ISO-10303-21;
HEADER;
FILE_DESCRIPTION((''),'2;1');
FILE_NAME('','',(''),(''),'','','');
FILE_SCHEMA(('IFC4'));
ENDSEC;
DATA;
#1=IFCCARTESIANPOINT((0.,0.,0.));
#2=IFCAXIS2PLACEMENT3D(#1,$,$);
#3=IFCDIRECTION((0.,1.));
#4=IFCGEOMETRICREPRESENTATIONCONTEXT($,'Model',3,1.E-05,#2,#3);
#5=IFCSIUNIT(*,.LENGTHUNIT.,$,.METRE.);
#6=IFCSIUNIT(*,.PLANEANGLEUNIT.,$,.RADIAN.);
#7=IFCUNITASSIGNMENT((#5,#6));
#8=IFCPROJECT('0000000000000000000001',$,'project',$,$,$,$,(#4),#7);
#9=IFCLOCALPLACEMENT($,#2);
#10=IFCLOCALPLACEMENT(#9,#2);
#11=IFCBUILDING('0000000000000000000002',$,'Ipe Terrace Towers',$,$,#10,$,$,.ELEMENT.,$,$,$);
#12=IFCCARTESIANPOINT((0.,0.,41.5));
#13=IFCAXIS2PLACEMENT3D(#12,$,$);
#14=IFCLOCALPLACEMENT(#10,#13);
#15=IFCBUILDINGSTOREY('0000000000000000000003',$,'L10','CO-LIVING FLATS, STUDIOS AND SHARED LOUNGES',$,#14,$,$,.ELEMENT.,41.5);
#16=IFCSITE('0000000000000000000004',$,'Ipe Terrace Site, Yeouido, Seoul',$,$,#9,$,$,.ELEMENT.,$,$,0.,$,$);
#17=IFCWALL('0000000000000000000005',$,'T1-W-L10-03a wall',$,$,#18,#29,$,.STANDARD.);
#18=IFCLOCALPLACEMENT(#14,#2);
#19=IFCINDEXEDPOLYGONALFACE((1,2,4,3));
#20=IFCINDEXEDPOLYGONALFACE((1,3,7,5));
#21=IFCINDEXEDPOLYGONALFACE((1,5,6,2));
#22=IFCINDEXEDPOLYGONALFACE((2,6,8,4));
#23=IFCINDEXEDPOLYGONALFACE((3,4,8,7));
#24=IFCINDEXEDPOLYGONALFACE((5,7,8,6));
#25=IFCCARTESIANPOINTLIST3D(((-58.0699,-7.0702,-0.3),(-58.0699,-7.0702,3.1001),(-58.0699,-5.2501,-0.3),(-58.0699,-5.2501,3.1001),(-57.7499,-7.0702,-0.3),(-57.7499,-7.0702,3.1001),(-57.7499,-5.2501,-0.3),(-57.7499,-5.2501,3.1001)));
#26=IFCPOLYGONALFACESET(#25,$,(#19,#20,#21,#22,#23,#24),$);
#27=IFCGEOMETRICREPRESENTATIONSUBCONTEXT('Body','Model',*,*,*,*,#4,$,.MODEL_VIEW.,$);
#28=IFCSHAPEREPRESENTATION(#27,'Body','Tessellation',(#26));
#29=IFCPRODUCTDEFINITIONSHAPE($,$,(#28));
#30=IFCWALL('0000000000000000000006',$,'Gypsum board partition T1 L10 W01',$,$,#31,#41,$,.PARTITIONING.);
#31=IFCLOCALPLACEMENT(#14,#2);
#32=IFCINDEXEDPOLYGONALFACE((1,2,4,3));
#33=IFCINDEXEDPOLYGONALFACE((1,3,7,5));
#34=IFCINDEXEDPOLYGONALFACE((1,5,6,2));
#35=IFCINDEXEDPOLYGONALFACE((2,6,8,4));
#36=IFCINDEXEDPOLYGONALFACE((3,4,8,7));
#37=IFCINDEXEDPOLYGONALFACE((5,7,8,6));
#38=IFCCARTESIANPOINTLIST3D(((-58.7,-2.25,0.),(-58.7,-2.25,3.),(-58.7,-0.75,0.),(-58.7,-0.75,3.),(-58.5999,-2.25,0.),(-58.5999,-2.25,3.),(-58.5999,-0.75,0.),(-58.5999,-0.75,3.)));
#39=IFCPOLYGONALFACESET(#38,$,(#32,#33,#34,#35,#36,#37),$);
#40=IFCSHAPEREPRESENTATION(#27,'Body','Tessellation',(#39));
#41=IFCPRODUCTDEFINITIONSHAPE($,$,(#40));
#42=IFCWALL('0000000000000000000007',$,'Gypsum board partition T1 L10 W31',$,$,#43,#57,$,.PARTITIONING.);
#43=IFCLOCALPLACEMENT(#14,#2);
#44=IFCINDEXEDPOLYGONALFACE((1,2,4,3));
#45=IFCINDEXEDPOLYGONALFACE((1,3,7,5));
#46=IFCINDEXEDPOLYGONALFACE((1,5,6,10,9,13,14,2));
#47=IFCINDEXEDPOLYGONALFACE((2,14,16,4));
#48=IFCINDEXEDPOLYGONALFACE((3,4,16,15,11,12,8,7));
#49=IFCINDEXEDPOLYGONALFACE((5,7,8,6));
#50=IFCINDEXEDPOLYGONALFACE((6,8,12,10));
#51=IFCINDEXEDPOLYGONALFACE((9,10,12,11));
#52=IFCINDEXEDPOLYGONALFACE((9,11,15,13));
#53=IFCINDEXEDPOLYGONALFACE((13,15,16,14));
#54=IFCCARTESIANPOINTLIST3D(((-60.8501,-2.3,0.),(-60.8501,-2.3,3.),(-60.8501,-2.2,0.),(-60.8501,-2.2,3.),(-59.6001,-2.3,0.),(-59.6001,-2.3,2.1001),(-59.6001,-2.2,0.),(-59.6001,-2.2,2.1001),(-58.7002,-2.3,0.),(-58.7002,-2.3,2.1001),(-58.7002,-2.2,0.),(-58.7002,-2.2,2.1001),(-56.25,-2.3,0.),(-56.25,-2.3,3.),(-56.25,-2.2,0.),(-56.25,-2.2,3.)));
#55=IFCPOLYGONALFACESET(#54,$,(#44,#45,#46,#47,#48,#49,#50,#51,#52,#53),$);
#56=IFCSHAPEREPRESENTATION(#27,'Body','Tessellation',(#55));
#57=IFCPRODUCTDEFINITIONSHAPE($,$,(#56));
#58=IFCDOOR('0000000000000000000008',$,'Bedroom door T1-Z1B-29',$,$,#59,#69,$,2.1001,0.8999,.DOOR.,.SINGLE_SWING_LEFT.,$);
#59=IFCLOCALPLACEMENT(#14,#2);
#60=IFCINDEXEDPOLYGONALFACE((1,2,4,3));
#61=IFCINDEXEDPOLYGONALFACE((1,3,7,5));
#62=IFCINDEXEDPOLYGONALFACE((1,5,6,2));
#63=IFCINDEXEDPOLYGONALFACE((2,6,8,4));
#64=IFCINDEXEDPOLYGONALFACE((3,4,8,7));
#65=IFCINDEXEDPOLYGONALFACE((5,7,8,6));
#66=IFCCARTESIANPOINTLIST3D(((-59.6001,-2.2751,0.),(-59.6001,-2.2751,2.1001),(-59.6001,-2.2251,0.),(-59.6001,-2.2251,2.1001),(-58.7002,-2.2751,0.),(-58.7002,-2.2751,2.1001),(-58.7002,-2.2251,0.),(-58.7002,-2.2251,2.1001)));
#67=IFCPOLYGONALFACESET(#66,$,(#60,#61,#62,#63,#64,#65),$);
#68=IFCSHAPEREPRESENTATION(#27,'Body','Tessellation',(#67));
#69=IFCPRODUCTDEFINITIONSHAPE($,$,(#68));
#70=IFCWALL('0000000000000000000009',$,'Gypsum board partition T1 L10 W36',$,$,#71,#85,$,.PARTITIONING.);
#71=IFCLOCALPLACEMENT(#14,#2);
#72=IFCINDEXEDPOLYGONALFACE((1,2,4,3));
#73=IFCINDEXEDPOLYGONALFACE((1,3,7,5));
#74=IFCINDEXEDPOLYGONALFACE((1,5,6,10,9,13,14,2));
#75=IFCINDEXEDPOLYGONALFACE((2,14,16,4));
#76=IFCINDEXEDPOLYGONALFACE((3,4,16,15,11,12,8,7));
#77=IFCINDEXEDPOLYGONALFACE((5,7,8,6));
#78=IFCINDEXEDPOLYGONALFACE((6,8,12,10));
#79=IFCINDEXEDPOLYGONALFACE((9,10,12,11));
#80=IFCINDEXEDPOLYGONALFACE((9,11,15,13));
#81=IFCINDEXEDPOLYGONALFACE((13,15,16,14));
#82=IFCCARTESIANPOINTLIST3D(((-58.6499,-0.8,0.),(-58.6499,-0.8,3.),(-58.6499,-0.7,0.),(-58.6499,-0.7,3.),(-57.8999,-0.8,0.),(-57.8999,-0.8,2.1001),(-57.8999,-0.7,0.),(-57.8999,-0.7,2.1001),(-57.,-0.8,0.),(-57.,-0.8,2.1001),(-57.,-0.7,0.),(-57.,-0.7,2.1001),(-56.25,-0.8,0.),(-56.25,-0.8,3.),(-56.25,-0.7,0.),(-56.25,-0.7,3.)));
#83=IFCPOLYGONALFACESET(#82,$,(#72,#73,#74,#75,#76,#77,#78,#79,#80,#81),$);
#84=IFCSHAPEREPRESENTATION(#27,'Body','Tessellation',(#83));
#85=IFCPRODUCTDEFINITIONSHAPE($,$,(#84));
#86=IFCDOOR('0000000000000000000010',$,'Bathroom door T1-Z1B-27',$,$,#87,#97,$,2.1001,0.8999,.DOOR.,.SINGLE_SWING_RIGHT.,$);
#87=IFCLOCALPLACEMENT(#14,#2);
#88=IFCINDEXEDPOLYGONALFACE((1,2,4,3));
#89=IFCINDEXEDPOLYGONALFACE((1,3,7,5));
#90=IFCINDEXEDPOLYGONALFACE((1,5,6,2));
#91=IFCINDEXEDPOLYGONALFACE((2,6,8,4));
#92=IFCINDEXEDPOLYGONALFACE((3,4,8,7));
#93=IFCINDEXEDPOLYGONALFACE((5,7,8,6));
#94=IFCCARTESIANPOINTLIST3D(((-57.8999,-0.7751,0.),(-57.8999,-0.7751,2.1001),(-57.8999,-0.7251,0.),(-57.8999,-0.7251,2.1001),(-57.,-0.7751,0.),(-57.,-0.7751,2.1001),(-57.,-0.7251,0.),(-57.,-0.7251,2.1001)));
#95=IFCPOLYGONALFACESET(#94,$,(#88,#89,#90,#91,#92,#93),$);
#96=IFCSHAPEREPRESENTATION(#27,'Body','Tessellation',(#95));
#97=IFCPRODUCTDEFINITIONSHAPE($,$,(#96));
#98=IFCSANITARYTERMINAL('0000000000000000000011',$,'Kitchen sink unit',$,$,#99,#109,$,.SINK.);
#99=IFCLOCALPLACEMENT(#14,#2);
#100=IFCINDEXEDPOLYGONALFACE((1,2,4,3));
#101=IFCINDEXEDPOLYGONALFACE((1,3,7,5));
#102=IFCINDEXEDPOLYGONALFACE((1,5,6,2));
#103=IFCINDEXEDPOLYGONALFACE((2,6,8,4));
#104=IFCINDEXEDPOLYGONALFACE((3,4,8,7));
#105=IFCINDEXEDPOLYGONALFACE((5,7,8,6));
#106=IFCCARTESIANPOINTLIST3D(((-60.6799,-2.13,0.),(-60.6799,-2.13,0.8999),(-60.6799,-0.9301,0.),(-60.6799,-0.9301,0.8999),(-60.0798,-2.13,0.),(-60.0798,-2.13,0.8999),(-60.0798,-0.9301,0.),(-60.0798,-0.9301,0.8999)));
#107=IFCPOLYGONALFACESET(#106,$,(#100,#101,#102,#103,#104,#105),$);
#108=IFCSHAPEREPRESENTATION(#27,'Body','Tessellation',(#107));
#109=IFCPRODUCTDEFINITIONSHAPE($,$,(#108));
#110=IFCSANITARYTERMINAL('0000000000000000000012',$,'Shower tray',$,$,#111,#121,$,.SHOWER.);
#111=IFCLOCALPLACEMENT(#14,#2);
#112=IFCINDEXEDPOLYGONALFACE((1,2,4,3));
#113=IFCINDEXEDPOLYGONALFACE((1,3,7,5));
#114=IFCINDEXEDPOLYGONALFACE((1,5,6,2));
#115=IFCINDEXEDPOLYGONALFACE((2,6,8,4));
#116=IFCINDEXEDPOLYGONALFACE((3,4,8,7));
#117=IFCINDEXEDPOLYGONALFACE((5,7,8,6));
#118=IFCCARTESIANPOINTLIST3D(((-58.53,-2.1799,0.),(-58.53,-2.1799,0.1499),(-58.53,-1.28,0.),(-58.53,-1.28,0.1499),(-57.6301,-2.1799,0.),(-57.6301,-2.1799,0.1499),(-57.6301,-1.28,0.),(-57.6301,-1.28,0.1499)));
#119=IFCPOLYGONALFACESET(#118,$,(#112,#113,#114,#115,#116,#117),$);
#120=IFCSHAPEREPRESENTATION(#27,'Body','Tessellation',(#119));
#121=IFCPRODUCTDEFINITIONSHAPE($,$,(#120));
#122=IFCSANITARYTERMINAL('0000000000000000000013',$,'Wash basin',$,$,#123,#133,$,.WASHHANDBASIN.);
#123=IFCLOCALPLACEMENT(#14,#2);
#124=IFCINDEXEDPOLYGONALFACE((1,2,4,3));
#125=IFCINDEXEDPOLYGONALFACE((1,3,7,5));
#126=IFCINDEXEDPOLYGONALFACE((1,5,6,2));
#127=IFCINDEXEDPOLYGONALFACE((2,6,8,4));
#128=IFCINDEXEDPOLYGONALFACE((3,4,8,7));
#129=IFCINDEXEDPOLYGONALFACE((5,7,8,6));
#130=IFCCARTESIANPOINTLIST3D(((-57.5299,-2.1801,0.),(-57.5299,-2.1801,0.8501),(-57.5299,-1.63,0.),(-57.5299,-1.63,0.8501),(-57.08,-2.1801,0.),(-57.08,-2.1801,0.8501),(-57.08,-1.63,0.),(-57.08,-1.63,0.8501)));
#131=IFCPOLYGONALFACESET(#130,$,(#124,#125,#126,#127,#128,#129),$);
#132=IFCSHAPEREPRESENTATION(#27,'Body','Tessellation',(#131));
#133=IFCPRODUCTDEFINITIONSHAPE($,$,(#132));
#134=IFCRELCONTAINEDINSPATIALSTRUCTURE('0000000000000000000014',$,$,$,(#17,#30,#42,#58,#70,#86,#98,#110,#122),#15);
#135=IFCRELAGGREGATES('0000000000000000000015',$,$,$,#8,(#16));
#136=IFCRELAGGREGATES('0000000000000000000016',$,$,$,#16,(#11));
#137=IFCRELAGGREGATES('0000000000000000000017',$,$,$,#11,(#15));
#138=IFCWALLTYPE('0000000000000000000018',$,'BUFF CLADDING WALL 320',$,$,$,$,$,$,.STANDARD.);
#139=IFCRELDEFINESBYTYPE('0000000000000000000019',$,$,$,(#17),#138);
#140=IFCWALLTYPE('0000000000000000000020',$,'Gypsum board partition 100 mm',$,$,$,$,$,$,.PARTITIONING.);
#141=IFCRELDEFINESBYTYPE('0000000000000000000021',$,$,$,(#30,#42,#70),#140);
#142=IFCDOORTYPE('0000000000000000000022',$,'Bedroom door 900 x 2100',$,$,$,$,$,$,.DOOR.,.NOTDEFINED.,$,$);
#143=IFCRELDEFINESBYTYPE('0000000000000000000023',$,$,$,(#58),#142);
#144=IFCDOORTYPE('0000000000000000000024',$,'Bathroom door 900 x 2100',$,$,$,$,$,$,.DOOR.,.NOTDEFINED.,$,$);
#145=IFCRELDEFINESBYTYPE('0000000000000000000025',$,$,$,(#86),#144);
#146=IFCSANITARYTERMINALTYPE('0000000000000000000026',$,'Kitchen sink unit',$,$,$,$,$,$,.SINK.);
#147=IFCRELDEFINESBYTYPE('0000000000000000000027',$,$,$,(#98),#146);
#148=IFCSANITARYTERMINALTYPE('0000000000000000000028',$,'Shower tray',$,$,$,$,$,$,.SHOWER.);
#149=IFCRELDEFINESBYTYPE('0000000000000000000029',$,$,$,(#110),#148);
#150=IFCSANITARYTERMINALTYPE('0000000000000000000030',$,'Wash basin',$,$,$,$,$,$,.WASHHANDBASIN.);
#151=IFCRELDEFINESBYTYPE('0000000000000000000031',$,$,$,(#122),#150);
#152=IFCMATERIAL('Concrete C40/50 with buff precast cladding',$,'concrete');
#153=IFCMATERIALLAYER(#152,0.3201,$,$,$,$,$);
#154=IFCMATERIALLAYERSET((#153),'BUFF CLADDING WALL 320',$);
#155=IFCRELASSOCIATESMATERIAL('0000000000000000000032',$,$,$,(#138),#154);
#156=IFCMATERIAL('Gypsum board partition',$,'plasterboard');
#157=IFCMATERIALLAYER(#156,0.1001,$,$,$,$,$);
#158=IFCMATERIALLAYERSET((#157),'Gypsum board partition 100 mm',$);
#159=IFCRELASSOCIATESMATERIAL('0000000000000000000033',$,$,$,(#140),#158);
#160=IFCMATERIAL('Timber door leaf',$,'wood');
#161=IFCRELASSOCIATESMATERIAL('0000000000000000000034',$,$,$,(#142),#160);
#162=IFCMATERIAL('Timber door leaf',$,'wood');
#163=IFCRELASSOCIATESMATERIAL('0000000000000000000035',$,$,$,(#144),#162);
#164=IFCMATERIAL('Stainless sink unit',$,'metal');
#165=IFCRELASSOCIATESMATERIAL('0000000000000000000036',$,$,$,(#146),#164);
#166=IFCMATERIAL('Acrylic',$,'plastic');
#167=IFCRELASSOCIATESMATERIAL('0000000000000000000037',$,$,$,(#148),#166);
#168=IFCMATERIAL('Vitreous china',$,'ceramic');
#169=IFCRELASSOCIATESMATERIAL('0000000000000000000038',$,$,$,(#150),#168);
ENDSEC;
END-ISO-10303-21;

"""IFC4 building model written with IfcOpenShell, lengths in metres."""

from ifc_helpers import new_model, si_unit, direction, frame, frame_2d, origin, origin_2d, place, context, subcontext, project, spatial, rectangle, extrude, material, layer, layer_set, type_object, element, fill, save


model = new_model("IFC4")

# Units and contexts
model_context = context("Model", 3, precision=1e-05, world=origin(), true_north=direction((0.0, 1.0)))
body_context = subcontext(model_context, "Body", "Model", "MODEL_VIEW")
ifc_project = project(units=[si_unit("LENGTHUNIT", "METRE"), si_unit("PLANEANGLEUNIT", "RADIAN")], contexts=[model_context])

# Site, building, storey
site_placement = place(None, origin())
site = spatial("IfcSite", under=ifc_project, at=site_placement, Name="Ipe Terrace Site, Yeouido, Seoul", CompositionType="ELEMENT", RefElevation=0.0)
building_placement = place(site_placement, origin())
building = spatial("IfcBuilding", under=site, at=building_placement, Name="Ipe Terrace Towers", CompositionType="ELEMENT")
storey_placement = place(building_placement, frame((0.0, 0.0, 41.5)))
storey = spatial("IfcBuildingStorey", under=building, at=storey_placement, Name="L10", Description="CO-LIVING FLATS, STUDIOS AND SHARED LOUNGES", CompositionType="ELEMENT", Elevation=41.5)

# Shared definitions
ifc_material_1 = material(Name="Concrete C40/50 with buff precast cladding", Category="concrete")
ifc_layer_1 = layer(ifc_material_1, 0.3201)
ifc_layer_set_1 = layer_set([ifc_layer_1], Name="BUFF CLADDING WALL 320")
wall_type_1 = type_object("IfcWallType", Name="BUFF CLADDING WALL 320", PredefinedType="STANDARD", material=ifc_layer_set_1)

# Walls
wall_1_placement = place(storey_placement, frame((-57.9099, -5.25, -0.3), z_axis=(0.0, 0.0, 1.0), x_axis=(0.0, -1.0, 0.0)))
element("IfcWall", 1, at=wall_1_placement, inside=storey, type_object=wall_type_1, Name="T1-W-L10-03a wall", PredefinedType="STANDARD", context=body_context, shape_type="SweptSolid", body=[
    extrude(rectangle(XDim=1.8201, YDim=0.3201, at=frame_2d((0.9102, 0.0))), origin(), (0.0, 0.0, 1.0), 3.4001),
])
ifc_material_2 = material(Name="Gypsum board partition", Category="plasterboard")
ifc_layer_2 = layer(ifc_material_2, 0.1001)
ifc_layer_set_2 = layer_set([ifc_layer_2], Name="Gypsum board partition 100 mm")
wall_type_2 = type_object("IfcWallType", Name="Gypsum board partition 100 mm", PredefinedType="PARTITIONING", material=ifc_layer_set_2)
wall_2_placement = place(storey_placement, frame((-58.6499, -2.25, 0.0), z_axis=(0.0, 0.0, 1.0), x_axis=(0.0, 1.0, 0.0)))
element("IfcWall", 2, at=wall_2_placement, inside=storey, type_object=wall_type_2, Name="Gypsum board partition T1 L10 W01", PredefinedType="PARTITIONING", context=body_context, shape_type="SweptSolid", body=[
    extrude(rectangle(XDim=1.5, YDim=0.1001, at=frame_2d((0.75, 0.0))), origin(), (0.0, 0.0, 1.0), 3.0),
])

# Walls, openings, doors
wall_3_placement = place(storey_placement, frame((-60.8501, -2.25, 0.0), z_axis=(0.0, 0.0, 1.0), x_axis=(1.0, 0.0, 0.0)))
wall_3 = element("IfcWall", 3, at=wall_3_placement, inside=storey, type_object=wall_type_2, Name="Gypsum board partition T1 L10 W31", PredefinedType="PARTITIONING", context=body_context, shape_type="SweptSolid", body=[
    extrude(rectangle(XDim=4.6001, YDim=0.1001, at=frame_2d((2.3, 0.0))), origin(), (0.0, 0.0, 1.0), 3.0),
])
opening_1_placement = place(wall_3_placement, frame((1.25, 0.0, 0.0)))
opening_1 = element("IfcOpeningElement", 4, at=opening_1_placement, cuts=wall_3, PredefinedType="OPENING", context=body_context, shape_type="SweptSolid", body=[
    extrude(rectangle(XDim=0.8999, YDim=2.1001, at=frame_2d((0.45, 1.05))), frame((0.0, 0.0601, 0.0), z_axis=(0.0, -1.0, 0.0), x_axis=(1.0, 0.0, 0.0)), (0.0, 0.0, 1.0), 0.1201),
])
ifc_material_3 = material(Name="Timber door leaf", Category="wood")
door_type_1 = type_object("IfcDoorType", Name="Bedroom door 900 x 2100", OperationType="NOTDEFINED", PredefinedType="DOOR", material=ifc_material_3)
door_1_placement = place(opening_1_placement, origin())
door_1 = element("IfcDoor", 5, at=door_1_placement, inside=storey, type_object=door_type_1, Name="Bedroom door T1-Z1B-29", OperationType="SINGLE_SWING_LEFT", OverallHeight=2.1001, OverallWidth=0.8999, PredefinedType="DOOR", context=body_context, shape_type="SweptSolid", body=[
    extrude(rectangle(XDim=0.8999, YDim=2.1001, at=frame_2d((0.45, 1.05))), frame((0.0, 0.0249, 0.0), z_axis=(0.0, -1.0, 0.0), x_axis=(1.0, 0.0, 0.0)), (0.0, 0.0, 1.0), 0.05),
])
fill(opening_1, door_1)
wall_4_placement = place(storey_placement, frame((-58.6499, -0.75, 0.0), z_axis=(0.0, 0.0, 1.0), x_axis=(1.0, 0.0, 0.0)))
wall_4 = element("IfcWall", 6, at=wall_4_placement, inside=storey, type_object=wall_type_2, Name="Gypsum board partition T1 L10 W36", PredefinedType="PARTITIONING", context=body_context, shape_type="SweptSolid", body=[
    extrude(rectangle(XDim=2.3999, YDim=0.1001, at=frame_2d((1.2, 0.0))), origin(), (0.0, 0.0, 1.0), 3.0),
])
opening_2_placement = place(wall_4_placement, frame((0.75, 0.0, 0.0)))
opening_2 = element("IfcOpeningElement", 7, at=opening_2_placement, cuts=wall_4, PredefinedType="OPENING", context=body_context, shape_type="SweptSolid", body=[
    extrude(rectangle(XDim=0.8999, YDim=2.1001, at=frame_2d((0.45, 1.05))), frame((0.0, 0.0601, 0.0), z_axis=(0.0, -1.0, 0.0), x_axis=(1.0, 0.0, 0.0)), (0.0, 0.0, 1.0), 0.1201),
])
ifc_material_4 = material(Name="Timber door leaf", Category="wood")
door_type_2 = type_object("IfcDoorType", Name="Bathroom door 900 x 2100", OperationType="NOTDEFINED", PredefinedType="DOOR", material=ifc_material_4)
door_2_placement = place(opening_2_placement, origin())
door_2 = element("IfcDoor", 8, at=door_2_placement, inside=storey, type_object=door_type_2, Name="Bathroom door T1-Z1B-27", OperationType="SINGLE_SWING_RIGHT", OverallHeight=2.1001, OverallWidth=0.8999, PredefinedType="DOOR", context=body_context, shape_type="SweptSolid", body=[
    extrude(rectangle(XDim=0.8999, YDim=2.1001, at=frame_2d((0.45, 1.05))), frame((0.0, 0.0249, 0.0), z_axis=(0.0, -1.0, 0.0), x_axis=(1.0, 0.0, 0.0)), (0.0, 0.0, 1.0), 0.05),
])
fill(opening_2, door_2)

# Sanitary terminals
ifc_material_5 = material(Name="Stainless sink unit", Category="metal")
sanitary_terminal_type_1 = type_object("IfcSanitaryTerminalType", Name="Kitchen sink unit", PredefinedType="SINK", material=ifc_material_5)
sanitary_terminal_1_placement = place(storey_placement, frame((-60.3799, -1.53, 0.0), z_axis=(0.0, 0.0, 1.0), x_axis=(0.0, 1.0, 0.0)))
element("IfcSanitaryTerminal", 9, at=sanitary_terminal_1_placement, inside=storey, type_object=sanitary_terminal_type_1, Name="Kitchen sink unit", PredefinedType="SINK", context=body_context, shape_type="SweptSolid", body=[
    extrude(rectangle(XDim=1.2, YDim=0.6001, at=origin_2d()), origin(), (0.0, 0.0, 1.0), 0.8999),
])
ifc_material_6 = material(Name="Acrylic", Category="plastic")
sanitary_terminal_type_2 = type_object("IfcSanitaryTerminalType", Name="Shower tray", PredefinedType="SHOWER", material=ifc_material_6)
sanitary_terminal_2_placement = place(storey_placement, frame((-58.0801, -1.73, 0.0), z_axis=(0.0, 0.0, 1.0), x_axis=(0.0, 1.0, 0.0)))
element("IfcSanitaryTerminal", 10, at=sanitary_terminal_2_placement, inside=storey, type_object=sanitary_terminal_type_2, Name="Shower tray", PredefinedType="SHOWER", context=body_context, shape_type="SweptSolid", body=[
    extrude(rectangle(XDim=0.8999, YDim=0.8999, at=origin_2d()), origin(), (0.0, 0.0, 1.0), 0.1499),
])
ifc_material_7 = material(Name="Vitreous china", Category="ceramic")
sanitary_terminal_type_3 = type_object("IfcSanitaryTerminalType", Name="Wash basin", PredefinedType="WASHHANDBASIN", material=ifc_material_7)
sanitary_terminal_3_placement = place(storey_placement, frame((-57.3049, -1.905, 0.0), z_axis=(0.0, 0.0, 1.0), x_axis=(0.0, 1.0, 0.0)))
element("IfcSanitaryTerminal", 11, at=sanitary_terminal_3_placement, inside=storey, type_object=sanitary_terminal_type_3, Name="Wash basin", PredefinedType="WASHHANDBASIN", context=body_context, shape_type="SweptSolid", body=[
    extrude(rectangle(XDim=0.55, YDim=0.45, at=origin_2d()), origin(), (0.0, 0.0, 1.0), 0.8501),
])

save(model, "model.ifc")
